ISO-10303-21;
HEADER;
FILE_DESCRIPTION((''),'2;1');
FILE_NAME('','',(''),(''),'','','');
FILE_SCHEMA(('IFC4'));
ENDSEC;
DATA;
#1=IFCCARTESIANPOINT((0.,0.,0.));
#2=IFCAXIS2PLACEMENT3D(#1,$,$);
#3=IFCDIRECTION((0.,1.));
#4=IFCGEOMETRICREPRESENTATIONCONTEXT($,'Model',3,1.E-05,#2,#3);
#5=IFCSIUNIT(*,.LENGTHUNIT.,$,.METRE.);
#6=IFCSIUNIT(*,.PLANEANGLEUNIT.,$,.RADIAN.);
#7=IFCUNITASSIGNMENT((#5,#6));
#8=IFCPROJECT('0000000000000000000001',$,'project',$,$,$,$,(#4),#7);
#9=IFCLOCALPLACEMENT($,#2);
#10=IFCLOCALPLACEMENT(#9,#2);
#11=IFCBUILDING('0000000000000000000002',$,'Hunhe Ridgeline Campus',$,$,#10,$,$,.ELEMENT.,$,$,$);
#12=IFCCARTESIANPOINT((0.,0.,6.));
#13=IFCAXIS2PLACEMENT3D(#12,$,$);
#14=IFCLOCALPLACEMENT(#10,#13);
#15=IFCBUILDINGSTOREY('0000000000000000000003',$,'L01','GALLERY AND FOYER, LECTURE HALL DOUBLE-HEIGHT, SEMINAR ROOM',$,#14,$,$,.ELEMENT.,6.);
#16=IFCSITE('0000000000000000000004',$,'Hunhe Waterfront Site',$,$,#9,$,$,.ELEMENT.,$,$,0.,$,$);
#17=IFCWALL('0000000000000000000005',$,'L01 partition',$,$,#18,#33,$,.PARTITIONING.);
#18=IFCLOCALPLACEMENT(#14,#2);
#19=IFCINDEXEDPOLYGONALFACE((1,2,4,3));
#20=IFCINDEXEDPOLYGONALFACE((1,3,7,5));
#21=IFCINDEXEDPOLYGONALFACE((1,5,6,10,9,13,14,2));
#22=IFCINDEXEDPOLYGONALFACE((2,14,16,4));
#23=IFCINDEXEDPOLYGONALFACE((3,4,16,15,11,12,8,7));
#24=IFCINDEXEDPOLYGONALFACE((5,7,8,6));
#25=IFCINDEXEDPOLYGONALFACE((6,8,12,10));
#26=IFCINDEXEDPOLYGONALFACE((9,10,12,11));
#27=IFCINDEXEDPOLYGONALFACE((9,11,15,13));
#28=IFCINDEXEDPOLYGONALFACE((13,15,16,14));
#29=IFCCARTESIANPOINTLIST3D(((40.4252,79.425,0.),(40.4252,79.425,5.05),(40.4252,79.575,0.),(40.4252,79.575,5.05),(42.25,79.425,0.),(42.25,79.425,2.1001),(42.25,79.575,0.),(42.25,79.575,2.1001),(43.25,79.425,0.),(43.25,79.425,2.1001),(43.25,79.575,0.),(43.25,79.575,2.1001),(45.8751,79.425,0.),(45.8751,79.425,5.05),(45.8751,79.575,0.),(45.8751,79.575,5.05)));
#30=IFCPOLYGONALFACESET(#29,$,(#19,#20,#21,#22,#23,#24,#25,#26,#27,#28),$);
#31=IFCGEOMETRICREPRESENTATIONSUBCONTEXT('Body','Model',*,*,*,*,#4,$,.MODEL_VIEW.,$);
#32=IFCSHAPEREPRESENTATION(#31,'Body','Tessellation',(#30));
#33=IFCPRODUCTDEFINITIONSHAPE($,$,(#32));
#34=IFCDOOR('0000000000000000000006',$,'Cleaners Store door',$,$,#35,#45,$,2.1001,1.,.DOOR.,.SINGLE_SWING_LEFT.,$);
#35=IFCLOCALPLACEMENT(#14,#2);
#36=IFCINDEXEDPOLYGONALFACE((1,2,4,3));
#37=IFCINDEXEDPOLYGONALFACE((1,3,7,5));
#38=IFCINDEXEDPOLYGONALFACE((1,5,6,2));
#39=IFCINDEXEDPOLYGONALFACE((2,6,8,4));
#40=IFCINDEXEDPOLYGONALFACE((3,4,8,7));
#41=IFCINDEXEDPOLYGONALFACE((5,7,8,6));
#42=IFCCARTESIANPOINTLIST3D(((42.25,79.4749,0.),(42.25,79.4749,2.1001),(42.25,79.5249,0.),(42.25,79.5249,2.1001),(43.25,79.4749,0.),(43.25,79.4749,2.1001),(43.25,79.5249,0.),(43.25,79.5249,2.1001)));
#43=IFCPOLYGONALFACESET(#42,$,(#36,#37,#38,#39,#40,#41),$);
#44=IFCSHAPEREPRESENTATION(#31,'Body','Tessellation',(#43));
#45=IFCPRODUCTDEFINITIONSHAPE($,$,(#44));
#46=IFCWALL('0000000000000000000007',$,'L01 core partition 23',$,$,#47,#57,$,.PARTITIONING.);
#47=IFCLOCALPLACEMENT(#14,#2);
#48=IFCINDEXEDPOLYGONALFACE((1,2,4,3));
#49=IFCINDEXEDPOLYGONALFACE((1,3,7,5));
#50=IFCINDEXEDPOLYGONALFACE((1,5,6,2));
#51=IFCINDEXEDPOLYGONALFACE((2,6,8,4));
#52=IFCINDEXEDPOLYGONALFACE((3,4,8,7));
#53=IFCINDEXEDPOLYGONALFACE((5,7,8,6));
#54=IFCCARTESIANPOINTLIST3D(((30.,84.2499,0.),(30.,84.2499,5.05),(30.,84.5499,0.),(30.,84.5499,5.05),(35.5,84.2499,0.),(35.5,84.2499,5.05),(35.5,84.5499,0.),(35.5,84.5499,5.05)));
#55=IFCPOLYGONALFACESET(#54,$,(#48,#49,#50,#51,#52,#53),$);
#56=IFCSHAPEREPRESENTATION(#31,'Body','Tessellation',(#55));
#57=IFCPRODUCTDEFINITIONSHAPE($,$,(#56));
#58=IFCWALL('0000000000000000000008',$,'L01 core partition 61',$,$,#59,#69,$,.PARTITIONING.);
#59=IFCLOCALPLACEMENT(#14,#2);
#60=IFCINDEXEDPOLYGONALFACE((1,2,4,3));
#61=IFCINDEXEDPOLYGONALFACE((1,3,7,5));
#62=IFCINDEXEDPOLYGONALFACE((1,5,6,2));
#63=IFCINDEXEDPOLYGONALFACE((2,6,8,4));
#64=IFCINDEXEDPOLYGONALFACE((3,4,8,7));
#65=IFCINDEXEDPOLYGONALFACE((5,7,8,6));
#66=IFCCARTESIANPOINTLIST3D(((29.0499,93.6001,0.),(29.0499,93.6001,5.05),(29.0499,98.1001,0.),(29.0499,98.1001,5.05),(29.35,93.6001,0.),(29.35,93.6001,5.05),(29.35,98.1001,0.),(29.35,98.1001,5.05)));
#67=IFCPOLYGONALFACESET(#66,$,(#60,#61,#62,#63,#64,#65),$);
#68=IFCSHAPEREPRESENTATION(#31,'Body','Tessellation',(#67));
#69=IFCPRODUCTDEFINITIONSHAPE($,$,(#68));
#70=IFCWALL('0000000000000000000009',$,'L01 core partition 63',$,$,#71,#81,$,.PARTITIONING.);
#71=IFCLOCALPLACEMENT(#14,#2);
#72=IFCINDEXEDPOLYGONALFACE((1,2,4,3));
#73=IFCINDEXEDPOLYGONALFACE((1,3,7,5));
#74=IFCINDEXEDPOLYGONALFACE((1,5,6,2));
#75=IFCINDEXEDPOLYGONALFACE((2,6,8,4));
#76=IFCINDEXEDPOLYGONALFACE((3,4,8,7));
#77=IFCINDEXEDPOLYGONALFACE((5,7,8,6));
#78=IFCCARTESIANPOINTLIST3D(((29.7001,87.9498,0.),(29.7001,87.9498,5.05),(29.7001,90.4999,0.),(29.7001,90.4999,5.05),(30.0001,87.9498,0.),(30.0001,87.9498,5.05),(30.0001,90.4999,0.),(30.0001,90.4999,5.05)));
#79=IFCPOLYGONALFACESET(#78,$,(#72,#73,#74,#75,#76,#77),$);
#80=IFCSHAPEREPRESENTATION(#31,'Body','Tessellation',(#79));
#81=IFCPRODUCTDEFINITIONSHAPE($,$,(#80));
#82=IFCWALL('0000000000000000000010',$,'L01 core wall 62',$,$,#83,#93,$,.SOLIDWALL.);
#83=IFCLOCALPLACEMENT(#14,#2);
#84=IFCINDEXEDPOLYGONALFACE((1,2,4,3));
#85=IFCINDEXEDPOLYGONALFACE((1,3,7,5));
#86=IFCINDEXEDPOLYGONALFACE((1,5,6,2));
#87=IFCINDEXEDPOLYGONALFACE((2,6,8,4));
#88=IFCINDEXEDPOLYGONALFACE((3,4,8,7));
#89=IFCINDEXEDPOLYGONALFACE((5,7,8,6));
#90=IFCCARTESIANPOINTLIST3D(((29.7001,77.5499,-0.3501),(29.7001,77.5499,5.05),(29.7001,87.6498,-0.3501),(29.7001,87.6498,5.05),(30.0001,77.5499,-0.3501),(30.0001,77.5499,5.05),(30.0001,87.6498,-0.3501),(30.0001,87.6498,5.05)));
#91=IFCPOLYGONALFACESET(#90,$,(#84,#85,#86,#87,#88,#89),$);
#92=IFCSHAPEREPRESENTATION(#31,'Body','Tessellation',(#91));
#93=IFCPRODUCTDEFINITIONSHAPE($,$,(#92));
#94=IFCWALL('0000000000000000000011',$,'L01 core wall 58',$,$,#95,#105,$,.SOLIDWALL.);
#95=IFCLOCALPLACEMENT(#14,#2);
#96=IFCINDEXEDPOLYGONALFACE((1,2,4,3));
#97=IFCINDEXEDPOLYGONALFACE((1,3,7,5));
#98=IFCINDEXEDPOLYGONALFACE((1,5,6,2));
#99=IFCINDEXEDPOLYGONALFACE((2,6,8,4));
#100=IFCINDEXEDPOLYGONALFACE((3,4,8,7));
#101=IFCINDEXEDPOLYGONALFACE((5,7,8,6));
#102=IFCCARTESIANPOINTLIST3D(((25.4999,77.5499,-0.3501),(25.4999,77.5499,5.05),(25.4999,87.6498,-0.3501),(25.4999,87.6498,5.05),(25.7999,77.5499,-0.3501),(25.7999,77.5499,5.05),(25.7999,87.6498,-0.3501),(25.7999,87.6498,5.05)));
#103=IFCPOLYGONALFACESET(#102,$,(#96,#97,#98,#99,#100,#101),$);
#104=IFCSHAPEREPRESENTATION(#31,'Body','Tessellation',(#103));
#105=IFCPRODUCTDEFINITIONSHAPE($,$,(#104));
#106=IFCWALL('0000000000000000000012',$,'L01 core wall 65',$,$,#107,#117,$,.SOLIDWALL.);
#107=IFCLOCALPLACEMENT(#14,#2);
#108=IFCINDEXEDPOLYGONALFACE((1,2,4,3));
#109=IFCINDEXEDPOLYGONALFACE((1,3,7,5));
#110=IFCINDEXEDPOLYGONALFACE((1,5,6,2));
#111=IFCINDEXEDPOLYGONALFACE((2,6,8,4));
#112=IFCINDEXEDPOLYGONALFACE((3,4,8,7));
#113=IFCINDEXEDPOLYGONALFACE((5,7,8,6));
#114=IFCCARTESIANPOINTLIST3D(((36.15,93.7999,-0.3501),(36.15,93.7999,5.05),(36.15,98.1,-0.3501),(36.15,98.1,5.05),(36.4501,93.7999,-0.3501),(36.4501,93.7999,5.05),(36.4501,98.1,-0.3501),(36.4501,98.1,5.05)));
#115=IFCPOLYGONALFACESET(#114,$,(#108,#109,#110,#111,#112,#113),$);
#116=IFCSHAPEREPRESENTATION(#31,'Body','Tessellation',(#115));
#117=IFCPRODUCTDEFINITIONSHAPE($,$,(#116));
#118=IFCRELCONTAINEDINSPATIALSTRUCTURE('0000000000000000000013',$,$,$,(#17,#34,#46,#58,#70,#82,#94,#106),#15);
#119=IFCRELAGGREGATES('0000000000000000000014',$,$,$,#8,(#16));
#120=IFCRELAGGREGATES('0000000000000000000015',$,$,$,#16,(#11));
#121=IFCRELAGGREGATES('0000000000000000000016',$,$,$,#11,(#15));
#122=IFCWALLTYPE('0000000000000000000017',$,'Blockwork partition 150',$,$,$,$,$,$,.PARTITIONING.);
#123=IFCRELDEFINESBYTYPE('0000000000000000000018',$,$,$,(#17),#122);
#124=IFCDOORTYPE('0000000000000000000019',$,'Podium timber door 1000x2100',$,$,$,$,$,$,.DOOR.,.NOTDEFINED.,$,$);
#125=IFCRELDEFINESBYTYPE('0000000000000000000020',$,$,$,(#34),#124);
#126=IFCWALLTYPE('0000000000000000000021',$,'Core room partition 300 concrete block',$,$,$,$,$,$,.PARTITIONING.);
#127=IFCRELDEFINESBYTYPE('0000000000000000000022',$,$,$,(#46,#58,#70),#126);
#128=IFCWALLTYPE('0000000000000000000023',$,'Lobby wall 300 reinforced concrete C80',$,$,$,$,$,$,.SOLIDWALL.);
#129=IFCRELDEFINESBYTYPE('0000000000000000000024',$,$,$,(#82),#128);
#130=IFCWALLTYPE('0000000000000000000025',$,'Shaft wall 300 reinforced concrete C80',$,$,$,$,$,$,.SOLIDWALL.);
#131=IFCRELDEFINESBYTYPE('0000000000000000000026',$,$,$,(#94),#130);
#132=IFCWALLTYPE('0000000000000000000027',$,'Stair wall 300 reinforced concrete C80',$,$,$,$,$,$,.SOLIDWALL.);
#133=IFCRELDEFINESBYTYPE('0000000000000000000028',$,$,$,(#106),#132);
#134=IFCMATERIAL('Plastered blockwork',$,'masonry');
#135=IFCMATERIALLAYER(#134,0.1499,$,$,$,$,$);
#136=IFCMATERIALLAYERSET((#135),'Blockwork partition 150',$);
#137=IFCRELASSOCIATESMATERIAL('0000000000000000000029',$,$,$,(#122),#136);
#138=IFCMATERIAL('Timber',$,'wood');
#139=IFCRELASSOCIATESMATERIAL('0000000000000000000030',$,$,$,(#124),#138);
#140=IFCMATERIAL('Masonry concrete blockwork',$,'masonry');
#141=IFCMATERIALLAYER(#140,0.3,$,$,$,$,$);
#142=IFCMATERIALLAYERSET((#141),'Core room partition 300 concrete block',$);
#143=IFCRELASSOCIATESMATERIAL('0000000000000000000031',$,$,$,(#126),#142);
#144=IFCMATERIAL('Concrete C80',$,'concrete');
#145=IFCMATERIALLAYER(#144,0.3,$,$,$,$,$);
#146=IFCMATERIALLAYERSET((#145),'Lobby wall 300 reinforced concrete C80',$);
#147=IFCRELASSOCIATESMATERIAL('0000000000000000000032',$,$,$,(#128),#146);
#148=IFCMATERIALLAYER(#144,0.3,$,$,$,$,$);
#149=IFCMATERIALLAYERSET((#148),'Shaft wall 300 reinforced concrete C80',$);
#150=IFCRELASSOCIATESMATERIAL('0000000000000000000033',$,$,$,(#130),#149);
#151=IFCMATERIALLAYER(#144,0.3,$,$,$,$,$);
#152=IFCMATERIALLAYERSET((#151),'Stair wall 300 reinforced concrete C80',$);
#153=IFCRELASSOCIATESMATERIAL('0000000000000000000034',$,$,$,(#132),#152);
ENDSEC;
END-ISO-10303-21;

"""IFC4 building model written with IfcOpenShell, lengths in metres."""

from ifc_helpers import new_model, si_unit, direction, frame, frame_2d, origin, place, context, subcontext, project, spatial, rectangle, extrude, material, layer, layer_set, type_object, element, fill, save


model = new_model("IFC4")

# Units and contexts
model_context = context("Model", 3, precision=1e-05, world=origin(), true_north=direction((0.0, 1.0)))
body_context = subcontext(model_context, "Body", "Model", "MODEL_VIEW")
ifc_project = project(units=[si_unit("LENGTHUNIT", "METRE"), si_unit("PLANEANGLEUNIT", "RADIAN")], contexts=[model_context])

# Site, building, storey
site_placement = place(None, origin())
site = spatial("IfcSite", under=ifc_project, at=site_placement, Name="Hunhe Waterfront Site", CompositionType="ELEMENT", RefElevation=0.0)
building_placement = place(site_placement, origin())
building = spatial("IfcBuilding", under=site, at=building_placement, Name="Hunhe Ridgeline Campus", CompositionType="ELEMENT")
storey_placement = place(building_placement, frame((0.0, 0.0, 6.0)))
storey = spatial("IfcBuildingStorey", under=building, at=storey_placement, Name="L01", Description="GALLERY AND FOYER, LECTURE HALL DOUBLE-HEIGHT, SEMINAR ROOM", CompositionType="ELEMENT", Elevation=6.0)

# Wall, opening, door
ifc_material_1 = material(Name="Plastered blockwork", Category="masonry")
ifc_layer_1 = layer(ifc_material_1, 0.1499)
ifc_layer_set_1 = layer_set([ifc_layer_1], Name="Blockwork partition 150")
wall_type_1 = type_object("IfcWallType", Name="Blockwork partition 150", PredefinedType="PARTITIONING", material=ifc_layer_set_1)
wall_1_placement = place(storey_placement, frame((40.425, 79.5, 0.0), z_axis=(0.0, 0.0, 1.0), x_axis=(1.0, 0.0, 0.0)))
wall_1 = element("IfcWall", 1, at=wall_1_placement, inside=storey, type_object=wall_type_1, Name="L01 partition", PredefinedType="PARTITIONING", context=body_context, shape_type="SweptSolid", body=[
    extrude(rectangle(XDim=5.45, YDim=0.1499, at=frame_2d((2.7251, 0.0))), origin(), (0.0, 0.0, 1.0), 5.05),
])
opening_1_placement = place(wall_1_placement, frame((1.825, 0.0, 0.0)))
opening_1 = element("IfcOpeningElement", 2, at=opening_1_placement, cuts=wall_1, PredefinedType="OPENING", context=body_context, shape_type="SweptSolid", body=[
    extrude(rectangle(XDim=1.0, YDim=2.1001, at=frame_2d((0.5, 1.05))), frame((0.0, 0.075, 0.0), z_axis=(0.0, -1.0, 0.0), x_axis=(1.0, 0.0, 0.0)), (0.0, 0.0, 1.0), 0.1499),
])
ifc_material_2 = material(Name="Timber", Category="wood")
door_type_1 = type_object("IfcDoorType", Name="Podium timber door 1000x2100", OperationType="NOTDEFINED", PredefinedType="DOOR", material=ifc_material_2)
door_1_placement = place(opening_1_placement, origin())
door_1 = element("IfcDoor", 3, at=door_1_placement, inside=storey, type_object=door_type_1, Name="Cleaners Store door", OperationType="SINGLE_SWING_LEFT", OverallHeight=2.1001, OverallWidth=1.0, PredefinedType="DOOR", context=body_context, shape_type="SweptSolid", body=[
    extrude(rectangle(XDim=1.0, YDim=2.1001, at=frame_2d((0.5, 1.05))), frame((0.0, 0.0249, 0.0), z_axis=(0.0, -1.0, 0.0), x_axis=(1.0, 0.0, 0.0)), (0.0, 0.0, 1.0), 0.05),
])
fill(opening_1, door_1)

# Walls
ifc_material_3 = material(Name="Masonry concrete blockwork", Category="masonry")
ifc_layer_2 = layer(ifc_material_3, 0.3)
ifc_layer_set_2 = layer_set([ifc_layer_2], Name="Core room partition 300 concrete block")
wall_type_2 = type_object("IfcWallType", Name="Core room partition 300 concrete block", PredefinedType="PARTITIONING", material=ifc_layer_set_2)
wall_2_placement = place(storey_placement, frame((30.0, 84.3999, 0.0), z_axis=(0.0, 0.0, 1.0), x_axis=(1.0, 0.0, 0.0)))
element("IfcWall", 4, at=wall_2_placement, inside=storey, type_object=wall_type_2, Name="L01 core partition 23", PredefinedType="PARTITIONING", context=body_context, shape_type="SweptSolid", body=[
    extrude(rectangle(XDim=5.5, YDim=0.3, at=frame_2d((2.75, 0.0))), origin(), (0.0, 0.0, 1.0), 5.05),
])
wall_3_placement = place(storey_placement, frame((29.2, 93.6001, 0.0), z_axis=(0.0, 0.0, 1.0), x_axis=(0.0, 1.0, 0.0)))
element("IfcWall", 5, at=wall_3_placement, inside=storey, type_object=wall_type_2, Name="L01 core partition 61", PredefinedType="PARTITIONING", context=body_context, shape_type="SweptSolid", body=[
    extrude(rectangle(XDim=4.5, YDim=0.3, at=frame_2d((2.25, 0.0))), origin(), (0.0, 0.0, 1.0), 5.05),
])
wall_4_placement = place(storey_placement, frame((29.8501, 87.95, 0.0), z_axis=(0.0, 0.0, 1.0), x_axis=(0.0, 1.0, 0.0)))
element("IfcWall", 6, at=wall_4_placement, inside=storey, type_object=wall_type_2, Name="L01 core partition 63", PredefinedType="PARTITIONING", context=body_context, shape_type="SweptSolid", body=[
    extrude(rectangle(XDim=2.55, YDim=0.3, at=frame_2d((1.2749, 0.0))), origin(), (0.0, 0.0, 1.0), 5.05),
])
ifc_material_4 = material(Name="Concrete C80", Category="concrete")
ifc_layer_3 = layer(ifc_material_4, 0.3)
ifc_layer_set_3 = layer_set([ifc_layer_3], Name="Lobby wall 300 reinforced concrete C80")
wall_type_3 = type_object("IfcWallType", Name="Lobby wall 300 reinforced concrete C80", PredefinedType="SOLIDWALL", material=ifc_layer_set_3)
wall_5_placement = place(storey_placement, frame((29.8501, 77.55, -0.3501), z_axis=(0.0, 0.0, 1.0), x_axis=(0.0, 1.0, 0.0)))
element("IfcWall", 7, at=wall_5_placement, inside=storey, type_object=wall_type_3, Name="L01 core wall 62", PredefinedType="SOLIDWALL", context=body_context, shape_type="SweptSolid", body=[
    extrude(rectangle(XDim=10.0999, YDim=0.3, at=frame_2d((5.0498, 0.0))), origin(), (0.0, 0.0, 1.0), 5.4001),
])
ifc_layer_4 = layer(ifc_material_4, 0.3)
ifc_layer_set_4 = layer_set([ifc_layer_4], Name="Shaft wall 300 reinforced concrete C80")
wall_type_4 = type_object("IfcWallType", Name="Shaft wall 300 reinforced concrete C80", PredefinedType="SOLIDWALL", material=ifc_layer_set_4)
wall_6_placement = place(storey_placement, frame((25.6499, 77.55, -0.3501), z_axis=(0.0, 0.0, 1.0), x_axis=(0.0, 1.0, 0.0)))
element("IfcWall", 8, at=wall_6_placement, inside=storey, type_object=wall_type_4, Name="L01 core wall 58", PredefinedType="SOLIDWALL", context=body_context, shape_type="SweptSolid", body=[
    extrude(rectangle(XDim=10.0999, YDim=0.3, at=frame_2d((5.0498, 0.0))), origin(), (0.0, 0.0, 1.0), 5.4001),
])

# Shared definitions
ifc_layer_5 = layer(ifc_material_4, 0.3)
ifc_layer_set_5 = layer_set([ifc_layer_5], Name="Stair wall 300 reinforced concrete C80")
wall_type_5 = type_object("IfcWallType", Name="Stair wall 300 reinforced concrete C80", PredefinedType="SOLIDWALL", material=ifc_layer_set_5)

# Wall
wall_7_placement = place(storey_placement, frame((36.3, 93.8, -0.3501), z_axis=(0.0, 0.0, 1.0), x_axis=(0.0, 1.0, 0.0)))
element("IfcWall", 9, at=wall_7_placement, inside=storey, type_object=wall_type_5, Name="L01 core wall 65", PredefinedType="SOLIDWALL", context=body_context, shape_type="SweptSolid", body=[
    extrude(rectangle(XDim=4.3, YDim=0.3, at=frame_2d((2.1499, 0.0))), origin(), (0.0, 0.0, 1.0), 5.4001),
])

save(model, "model.ifc")
